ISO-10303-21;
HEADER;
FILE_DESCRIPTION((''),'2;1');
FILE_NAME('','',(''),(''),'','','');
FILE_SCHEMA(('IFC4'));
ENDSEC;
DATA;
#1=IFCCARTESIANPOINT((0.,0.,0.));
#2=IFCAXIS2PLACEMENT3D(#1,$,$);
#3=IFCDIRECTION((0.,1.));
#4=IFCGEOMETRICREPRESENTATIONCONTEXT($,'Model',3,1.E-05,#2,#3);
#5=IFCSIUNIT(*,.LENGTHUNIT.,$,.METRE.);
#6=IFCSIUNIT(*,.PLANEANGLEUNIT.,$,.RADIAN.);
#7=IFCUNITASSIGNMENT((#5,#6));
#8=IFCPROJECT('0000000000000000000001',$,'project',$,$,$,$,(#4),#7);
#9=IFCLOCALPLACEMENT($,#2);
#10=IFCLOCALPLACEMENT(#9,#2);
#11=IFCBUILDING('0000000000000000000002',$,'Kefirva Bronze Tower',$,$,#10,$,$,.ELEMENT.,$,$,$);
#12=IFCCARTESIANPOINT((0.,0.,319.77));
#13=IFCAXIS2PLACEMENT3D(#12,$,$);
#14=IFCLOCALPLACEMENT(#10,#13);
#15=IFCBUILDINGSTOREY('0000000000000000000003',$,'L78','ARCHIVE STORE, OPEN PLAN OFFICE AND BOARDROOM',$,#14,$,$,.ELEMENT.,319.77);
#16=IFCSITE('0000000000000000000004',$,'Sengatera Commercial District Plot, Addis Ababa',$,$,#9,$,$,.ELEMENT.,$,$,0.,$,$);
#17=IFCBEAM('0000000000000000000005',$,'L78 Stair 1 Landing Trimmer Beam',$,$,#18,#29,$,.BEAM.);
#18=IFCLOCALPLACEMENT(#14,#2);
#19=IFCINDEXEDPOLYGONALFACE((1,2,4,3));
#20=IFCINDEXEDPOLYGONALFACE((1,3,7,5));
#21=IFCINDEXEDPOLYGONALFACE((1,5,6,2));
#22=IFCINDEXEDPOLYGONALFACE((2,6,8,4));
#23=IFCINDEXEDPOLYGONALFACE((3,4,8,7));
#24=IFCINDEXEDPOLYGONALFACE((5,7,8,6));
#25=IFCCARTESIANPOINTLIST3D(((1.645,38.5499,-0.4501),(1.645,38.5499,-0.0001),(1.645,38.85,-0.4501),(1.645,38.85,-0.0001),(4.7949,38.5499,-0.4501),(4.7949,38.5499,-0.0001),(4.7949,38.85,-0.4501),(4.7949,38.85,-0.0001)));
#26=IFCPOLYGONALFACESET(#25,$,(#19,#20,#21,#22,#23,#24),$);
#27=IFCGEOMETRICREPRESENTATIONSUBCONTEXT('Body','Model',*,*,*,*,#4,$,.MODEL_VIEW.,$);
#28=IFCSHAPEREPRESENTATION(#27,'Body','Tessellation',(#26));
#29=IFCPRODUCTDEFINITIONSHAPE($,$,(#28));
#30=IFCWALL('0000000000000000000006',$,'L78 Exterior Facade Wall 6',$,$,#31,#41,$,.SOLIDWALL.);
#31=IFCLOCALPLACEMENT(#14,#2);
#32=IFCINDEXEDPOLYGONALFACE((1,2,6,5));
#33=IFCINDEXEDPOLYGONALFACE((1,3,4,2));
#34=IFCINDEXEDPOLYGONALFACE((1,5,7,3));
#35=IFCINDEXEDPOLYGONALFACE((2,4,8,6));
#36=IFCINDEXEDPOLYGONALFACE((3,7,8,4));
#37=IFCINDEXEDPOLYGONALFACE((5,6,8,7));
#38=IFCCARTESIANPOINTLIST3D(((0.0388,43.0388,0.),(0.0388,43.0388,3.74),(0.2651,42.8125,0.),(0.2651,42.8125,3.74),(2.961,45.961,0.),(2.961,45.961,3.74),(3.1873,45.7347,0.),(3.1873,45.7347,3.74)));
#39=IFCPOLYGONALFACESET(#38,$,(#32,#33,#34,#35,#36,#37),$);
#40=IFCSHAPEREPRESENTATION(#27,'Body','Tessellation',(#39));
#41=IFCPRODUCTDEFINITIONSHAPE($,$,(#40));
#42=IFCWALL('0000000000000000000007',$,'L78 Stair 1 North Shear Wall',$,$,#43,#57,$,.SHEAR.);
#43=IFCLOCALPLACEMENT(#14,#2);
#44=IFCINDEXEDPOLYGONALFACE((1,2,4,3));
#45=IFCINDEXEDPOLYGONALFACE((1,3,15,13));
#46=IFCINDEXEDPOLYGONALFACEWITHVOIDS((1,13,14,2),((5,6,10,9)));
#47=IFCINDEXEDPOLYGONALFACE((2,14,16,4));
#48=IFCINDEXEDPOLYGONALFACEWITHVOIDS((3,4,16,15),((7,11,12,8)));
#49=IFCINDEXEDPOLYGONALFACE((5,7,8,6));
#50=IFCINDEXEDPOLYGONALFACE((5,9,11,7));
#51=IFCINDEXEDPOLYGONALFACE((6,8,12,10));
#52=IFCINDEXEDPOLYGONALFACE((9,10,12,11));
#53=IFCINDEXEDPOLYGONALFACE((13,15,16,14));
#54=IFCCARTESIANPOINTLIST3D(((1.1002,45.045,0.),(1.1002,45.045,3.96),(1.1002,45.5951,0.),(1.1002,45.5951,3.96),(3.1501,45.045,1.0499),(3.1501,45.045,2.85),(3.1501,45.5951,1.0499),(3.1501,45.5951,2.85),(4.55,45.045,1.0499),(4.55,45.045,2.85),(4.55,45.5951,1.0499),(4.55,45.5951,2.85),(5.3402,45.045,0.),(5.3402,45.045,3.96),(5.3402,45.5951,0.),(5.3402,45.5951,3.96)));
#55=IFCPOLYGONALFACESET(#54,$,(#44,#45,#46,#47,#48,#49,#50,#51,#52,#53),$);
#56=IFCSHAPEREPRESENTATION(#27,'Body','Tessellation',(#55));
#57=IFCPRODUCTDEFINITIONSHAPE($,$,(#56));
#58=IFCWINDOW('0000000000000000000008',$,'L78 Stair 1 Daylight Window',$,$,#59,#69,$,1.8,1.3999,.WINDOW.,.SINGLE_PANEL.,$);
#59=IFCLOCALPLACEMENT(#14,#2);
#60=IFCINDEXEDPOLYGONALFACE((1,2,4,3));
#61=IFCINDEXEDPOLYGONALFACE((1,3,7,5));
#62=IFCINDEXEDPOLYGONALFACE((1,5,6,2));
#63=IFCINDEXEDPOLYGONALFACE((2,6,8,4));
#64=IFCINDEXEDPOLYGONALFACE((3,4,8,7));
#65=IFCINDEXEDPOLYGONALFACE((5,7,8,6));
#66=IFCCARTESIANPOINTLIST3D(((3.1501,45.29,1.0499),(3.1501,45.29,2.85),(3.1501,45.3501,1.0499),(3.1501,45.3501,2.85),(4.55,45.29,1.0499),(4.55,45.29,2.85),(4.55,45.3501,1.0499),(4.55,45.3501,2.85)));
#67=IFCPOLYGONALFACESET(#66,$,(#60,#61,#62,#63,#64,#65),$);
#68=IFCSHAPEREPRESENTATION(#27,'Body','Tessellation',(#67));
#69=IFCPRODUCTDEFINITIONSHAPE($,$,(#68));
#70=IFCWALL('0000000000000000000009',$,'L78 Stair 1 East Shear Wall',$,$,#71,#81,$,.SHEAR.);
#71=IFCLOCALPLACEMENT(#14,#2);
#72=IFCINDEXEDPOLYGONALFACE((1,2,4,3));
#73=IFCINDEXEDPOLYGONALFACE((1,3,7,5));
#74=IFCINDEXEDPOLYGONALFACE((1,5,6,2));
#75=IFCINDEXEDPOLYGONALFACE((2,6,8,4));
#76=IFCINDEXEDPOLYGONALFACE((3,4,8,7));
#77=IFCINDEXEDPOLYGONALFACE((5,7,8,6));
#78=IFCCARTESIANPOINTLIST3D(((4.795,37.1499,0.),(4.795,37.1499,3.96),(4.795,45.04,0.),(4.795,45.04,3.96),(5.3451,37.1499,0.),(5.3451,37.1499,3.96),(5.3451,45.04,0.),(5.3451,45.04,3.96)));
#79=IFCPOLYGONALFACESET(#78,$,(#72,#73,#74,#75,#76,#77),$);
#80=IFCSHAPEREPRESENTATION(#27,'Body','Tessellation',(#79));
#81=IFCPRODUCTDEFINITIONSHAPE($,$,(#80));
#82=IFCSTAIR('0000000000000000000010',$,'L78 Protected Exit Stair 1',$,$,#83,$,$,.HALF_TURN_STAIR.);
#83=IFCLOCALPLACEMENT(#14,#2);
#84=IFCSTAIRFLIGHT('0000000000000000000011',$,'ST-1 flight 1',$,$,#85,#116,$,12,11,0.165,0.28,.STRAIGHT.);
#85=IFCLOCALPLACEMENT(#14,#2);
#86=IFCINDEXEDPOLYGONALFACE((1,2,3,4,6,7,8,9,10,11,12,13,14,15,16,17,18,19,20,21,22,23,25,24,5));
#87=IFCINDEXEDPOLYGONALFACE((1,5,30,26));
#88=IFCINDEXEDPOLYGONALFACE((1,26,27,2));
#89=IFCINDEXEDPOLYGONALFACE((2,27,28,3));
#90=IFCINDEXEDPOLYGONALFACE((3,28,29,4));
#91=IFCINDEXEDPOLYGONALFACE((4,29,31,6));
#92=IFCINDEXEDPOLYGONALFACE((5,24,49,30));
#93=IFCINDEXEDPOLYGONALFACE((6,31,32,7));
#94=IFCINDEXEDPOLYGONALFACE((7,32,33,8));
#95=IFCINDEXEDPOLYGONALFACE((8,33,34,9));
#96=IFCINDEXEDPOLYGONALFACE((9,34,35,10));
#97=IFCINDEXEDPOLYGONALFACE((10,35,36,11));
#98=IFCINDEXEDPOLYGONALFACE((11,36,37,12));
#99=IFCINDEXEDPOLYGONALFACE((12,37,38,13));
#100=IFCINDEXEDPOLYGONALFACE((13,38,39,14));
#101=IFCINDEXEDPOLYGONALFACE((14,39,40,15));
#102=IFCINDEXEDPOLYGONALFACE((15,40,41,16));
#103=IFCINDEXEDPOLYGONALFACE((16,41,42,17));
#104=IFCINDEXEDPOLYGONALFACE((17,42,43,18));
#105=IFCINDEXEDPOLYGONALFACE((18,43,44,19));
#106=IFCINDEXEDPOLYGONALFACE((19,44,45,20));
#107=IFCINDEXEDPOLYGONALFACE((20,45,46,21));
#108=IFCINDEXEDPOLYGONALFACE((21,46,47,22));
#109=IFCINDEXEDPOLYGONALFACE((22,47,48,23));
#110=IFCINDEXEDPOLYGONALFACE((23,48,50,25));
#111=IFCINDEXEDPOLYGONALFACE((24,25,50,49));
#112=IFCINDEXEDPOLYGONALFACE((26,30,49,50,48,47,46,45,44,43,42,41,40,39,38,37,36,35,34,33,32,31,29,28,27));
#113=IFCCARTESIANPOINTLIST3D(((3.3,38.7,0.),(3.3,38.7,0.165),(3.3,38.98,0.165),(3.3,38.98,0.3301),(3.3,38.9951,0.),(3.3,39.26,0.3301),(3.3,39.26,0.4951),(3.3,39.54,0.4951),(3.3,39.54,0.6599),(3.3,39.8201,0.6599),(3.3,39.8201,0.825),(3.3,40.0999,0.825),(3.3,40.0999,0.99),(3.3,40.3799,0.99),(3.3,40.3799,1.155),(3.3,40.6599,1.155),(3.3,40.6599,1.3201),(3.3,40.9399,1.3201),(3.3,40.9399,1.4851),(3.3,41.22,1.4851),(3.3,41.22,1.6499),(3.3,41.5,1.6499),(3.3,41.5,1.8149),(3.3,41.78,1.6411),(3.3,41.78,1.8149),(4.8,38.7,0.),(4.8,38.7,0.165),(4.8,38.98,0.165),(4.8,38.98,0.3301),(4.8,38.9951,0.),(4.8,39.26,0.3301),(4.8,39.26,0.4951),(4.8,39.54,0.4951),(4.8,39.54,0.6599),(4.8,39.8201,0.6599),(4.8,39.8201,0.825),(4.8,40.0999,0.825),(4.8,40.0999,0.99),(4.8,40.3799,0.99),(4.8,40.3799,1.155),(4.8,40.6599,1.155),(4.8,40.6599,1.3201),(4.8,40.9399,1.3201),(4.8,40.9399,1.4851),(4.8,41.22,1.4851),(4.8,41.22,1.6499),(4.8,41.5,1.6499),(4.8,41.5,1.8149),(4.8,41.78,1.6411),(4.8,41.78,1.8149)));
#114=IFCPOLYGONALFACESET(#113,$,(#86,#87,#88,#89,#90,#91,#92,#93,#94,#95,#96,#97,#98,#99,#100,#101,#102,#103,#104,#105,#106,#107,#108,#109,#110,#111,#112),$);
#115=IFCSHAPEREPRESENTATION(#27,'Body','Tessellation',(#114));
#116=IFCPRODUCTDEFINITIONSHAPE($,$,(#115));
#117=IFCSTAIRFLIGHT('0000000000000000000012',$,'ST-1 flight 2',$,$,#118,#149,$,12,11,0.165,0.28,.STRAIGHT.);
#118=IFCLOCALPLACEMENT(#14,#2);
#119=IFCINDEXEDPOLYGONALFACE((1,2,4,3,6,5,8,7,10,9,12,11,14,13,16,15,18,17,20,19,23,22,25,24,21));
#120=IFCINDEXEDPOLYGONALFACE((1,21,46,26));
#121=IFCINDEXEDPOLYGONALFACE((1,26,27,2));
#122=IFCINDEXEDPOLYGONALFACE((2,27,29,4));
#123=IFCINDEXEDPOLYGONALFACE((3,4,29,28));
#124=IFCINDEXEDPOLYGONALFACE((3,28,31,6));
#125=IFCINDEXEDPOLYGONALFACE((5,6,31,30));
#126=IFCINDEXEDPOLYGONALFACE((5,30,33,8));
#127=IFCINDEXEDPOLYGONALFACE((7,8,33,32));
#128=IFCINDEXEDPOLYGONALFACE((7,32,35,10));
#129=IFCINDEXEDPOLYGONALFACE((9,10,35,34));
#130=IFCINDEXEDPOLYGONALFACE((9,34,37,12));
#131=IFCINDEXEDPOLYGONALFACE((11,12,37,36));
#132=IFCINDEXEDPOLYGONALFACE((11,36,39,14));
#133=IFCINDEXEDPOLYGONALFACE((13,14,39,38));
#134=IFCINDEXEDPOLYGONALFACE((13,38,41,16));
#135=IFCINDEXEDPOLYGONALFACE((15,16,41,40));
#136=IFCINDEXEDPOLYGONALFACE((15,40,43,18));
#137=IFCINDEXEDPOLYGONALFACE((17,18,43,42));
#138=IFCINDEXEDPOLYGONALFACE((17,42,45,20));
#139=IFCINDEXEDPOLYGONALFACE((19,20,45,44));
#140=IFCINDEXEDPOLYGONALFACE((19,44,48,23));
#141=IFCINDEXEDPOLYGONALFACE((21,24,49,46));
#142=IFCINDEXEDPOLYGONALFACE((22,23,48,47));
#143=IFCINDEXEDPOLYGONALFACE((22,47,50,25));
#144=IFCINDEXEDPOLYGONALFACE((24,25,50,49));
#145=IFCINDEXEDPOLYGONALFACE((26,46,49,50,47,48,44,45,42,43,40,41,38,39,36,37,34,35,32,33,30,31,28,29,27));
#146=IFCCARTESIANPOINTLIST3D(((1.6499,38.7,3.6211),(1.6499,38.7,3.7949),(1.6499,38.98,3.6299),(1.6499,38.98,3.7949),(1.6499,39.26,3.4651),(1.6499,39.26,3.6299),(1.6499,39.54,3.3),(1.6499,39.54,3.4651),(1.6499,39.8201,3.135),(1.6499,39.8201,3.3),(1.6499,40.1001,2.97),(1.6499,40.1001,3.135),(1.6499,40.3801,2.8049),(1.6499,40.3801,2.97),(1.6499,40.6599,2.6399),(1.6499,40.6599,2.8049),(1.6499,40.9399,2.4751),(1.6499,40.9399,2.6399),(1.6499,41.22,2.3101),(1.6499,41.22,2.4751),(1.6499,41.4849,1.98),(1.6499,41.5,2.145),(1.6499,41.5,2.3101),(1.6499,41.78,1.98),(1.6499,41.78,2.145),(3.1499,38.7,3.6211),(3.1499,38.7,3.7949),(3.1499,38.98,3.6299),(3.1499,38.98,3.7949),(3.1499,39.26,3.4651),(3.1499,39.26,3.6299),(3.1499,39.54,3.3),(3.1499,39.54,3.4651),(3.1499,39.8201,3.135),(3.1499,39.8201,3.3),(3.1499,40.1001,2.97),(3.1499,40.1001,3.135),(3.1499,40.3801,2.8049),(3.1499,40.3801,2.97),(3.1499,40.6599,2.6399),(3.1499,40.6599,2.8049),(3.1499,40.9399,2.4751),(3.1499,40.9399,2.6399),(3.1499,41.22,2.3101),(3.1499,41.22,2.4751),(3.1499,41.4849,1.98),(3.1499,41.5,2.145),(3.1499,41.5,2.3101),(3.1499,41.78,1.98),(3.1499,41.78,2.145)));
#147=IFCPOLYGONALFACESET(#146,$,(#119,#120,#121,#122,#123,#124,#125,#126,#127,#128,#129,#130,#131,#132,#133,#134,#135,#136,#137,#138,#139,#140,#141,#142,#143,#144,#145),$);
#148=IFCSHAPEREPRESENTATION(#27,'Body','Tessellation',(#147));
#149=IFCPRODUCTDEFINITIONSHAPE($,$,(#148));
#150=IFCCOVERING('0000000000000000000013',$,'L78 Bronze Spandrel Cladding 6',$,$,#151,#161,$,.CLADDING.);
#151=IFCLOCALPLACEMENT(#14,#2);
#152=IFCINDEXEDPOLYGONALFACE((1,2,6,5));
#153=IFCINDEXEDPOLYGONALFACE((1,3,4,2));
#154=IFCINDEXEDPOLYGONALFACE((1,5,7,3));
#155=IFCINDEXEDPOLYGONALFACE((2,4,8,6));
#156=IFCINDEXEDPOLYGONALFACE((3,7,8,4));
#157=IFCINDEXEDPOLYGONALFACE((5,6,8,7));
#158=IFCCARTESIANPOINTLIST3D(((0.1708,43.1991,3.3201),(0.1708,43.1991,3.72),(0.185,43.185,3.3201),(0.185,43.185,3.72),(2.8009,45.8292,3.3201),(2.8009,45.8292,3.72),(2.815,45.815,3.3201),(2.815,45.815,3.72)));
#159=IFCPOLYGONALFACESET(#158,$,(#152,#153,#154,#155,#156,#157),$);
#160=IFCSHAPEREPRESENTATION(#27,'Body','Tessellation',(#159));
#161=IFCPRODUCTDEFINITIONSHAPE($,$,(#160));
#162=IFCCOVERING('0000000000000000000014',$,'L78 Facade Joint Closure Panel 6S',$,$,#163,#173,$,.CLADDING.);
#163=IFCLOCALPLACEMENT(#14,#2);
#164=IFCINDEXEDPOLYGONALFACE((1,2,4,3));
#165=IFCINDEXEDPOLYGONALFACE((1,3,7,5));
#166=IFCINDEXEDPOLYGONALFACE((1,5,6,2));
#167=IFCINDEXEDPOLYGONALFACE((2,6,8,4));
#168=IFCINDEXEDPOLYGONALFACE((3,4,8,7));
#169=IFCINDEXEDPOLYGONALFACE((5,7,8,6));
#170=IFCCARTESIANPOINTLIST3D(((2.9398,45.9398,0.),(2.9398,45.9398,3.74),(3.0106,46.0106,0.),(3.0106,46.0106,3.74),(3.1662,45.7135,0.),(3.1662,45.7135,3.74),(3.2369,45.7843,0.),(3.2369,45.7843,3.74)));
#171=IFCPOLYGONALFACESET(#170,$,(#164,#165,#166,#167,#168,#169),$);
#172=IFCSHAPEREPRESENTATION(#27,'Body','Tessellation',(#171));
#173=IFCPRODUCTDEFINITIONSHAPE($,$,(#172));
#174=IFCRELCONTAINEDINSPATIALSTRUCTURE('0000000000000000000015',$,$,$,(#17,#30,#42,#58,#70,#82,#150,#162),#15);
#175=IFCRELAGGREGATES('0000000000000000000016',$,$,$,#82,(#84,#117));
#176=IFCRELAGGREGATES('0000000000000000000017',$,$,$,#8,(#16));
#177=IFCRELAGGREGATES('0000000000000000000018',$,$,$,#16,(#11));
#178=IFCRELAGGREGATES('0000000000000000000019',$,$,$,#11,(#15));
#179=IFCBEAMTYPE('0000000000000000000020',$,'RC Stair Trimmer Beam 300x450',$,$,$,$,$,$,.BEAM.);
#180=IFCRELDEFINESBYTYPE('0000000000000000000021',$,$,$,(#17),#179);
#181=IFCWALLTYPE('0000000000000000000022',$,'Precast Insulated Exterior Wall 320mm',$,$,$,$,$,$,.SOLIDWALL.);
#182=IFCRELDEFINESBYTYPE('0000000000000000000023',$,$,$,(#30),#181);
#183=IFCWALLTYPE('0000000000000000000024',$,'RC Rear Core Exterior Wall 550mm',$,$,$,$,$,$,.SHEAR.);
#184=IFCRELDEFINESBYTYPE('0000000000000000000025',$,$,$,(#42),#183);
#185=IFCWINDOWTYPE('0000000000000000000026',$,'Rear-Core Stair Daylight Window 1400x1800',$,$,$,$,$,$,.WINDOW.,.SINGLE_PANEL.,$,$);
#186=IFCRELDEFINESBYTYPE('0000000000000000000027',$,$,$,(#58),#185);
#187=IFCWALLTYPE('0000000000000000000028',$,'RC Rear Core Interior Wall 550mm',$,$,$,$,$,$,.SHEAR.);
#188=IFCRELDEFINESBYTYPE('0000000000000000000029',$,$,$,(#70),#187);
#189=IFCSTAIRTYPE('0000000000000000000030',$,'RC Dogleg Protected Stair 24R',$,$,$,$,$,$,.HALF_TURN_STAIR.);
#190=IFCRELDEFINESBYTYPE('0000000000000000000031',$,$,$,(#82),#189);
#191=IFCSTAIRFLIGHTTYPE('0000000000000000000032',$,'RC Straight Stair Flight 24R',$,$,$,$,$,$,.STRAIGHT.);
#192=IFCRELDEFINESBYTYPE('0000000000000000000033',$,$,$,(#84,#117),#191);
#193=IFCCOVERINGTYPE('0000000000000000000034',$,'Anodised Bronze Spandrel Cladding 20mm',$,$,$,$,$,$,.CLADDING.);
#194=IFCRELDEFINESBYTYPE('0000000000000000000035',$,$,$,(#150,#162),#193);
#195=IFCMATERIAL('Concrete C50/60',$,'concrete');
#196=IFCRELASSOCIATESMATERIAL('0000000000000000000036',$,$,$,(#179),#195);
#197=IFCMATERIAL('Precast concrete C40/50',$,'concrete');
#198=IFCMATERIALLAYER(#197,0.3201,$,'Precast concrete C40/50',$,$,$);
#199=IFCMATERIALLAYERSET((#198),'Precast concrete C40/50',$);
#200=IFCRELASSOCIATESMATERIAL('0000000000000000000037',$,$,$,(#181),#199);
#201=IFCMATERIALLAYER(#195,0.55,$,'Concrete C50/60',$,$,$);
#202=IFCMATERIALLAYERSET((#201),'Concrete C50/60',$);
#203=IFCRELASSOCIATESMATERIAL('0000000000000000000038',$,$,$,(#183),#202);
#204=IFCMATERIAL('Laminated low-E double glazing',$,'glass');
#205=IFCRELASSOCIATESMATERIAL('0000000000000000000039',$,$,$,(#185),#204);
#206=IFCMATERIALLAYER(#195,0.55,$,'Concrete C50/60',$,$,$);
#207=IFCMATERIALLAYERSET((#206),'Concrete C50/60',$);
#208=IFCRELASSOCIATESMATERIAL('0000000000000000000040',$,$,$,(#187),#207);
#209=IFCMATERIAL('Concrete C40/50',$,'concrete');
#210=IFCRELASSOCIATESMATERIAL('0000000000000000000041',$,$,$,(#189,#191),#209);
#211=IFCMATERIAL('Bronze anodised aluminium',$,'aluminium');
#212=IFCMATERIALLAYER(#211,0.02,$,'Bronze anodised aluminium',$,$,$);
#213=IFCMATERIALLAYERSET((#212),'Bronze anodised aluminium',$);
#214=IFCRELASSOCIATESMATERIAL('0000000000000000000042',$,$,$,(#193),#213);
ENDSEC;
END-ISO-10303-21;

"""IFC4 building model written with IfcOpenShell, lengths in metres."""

from ifc_helpers import new_model, si_unit, direction, frame, frame_2d, origin, origin_2d, place, context, subcontext, project, spatial, polyline, rectangle, outline, extrude, material, layer, layer_set, material_profile, profile_set, type_object, element, fill, aggregate, save


model = new_model("IFC4")

# Units and contexts
model_context = context("Model", 3, precision=1e-05, world=origin(), true_north=direction((0.0, 1.0)))
body_context = subcontext(model_context, "Body", "Model", "MODEL_VIEW")
ifc_project = project(units=[si_unit("LENGTHUNIT", "METRE"), si_unit("PLANEANGLEUNIT", "RADIAN")], contexts=[model_context])

# Site, building, storey
site_placement = place(None, origin())
site = spatial("IfcSite", under=ifc_project, at=site_placement, Name="Sengatera Commercial District Plot, Addis Ababa", CompositionType="ELEMENT", RefElevation=0.0)
building_placement = place(site_placement, origin())
building = spatial("IfcBuilding", under=site, at=building_placement, Name="Kefirva Bronze Tower", CompositionType="ELEMENT")
storey_placement = place(building_placement, frame((0.0, 0.0, 319.77)))
storey = spatial("IfcBuildingStorey", under=building, at=storey_placement, Name="L78", Description="ARCHIVE STORE, OPEN PLAN OFFICE AND BOARDROOM", CompositionType="ELEMENT", Elevation=319.77)

# Beam
ifc_material_1 = material(Name="Concrete C50/60", Category="concrete")
ifc_material_profile = material_profile(ifc_material_1, rectangle(XDim=0.3, YDim=0.45, at=origin_2d()), Name="RC 300x450")
ifc_profile_set = profile_set([ifc_material_profile], Name="Concrete C50/60")
beam_type = type_object("IfcBeamType", Name="RC Stair Trimmer Beam 300x450", PredefinedType="BEAM", material=ifc_profile_set)
beam_placement = place(storey_placement, frame((1.645, 38.7, -0.2251), z_axis=(1.0, 0.0, 0.0), x_axis=(0.0, 1.0, 0.0)))
element("IfcBeam", 1, at=beam_placement, inside=storey, type_object=beam_type, Name="L78 Stair 1 Landing Trimmer Beam", PredefinedType="BEAM", context=body_context, shape_type="SweptSolid", body=[
    extrude(rectangle(XDim=0.3, YDim=0.45, at=origin_2d()), origin(), (0.0, 0.0, 1.0), 3.1499),
])

# Wall
ifc_material_2 = material(Name="Precast concrete C40/50", Category="concrete")
ifc_layer_1 = layer(ifc_material_2, 0.3201, Name="Precast concrete C40/50")
ifc_layer_set_1 = layer_set([ifc_layer_1], Name="Precast concrete C40/50")
wall_type_1 = type_object("IfcWallType", Name="Precast Insulated Exterior Wall 320mm", PredefinedType="SOLIDWALL", material=ifc_layer_set_1)
wall_1_placement = place(storey_placement, frame((3.0742, 45.8479, 0.0), z_axis=(0.0, 0.0, 1.0), x_axis=(-0.707107, -0.707107, 0.0)))
element("IfcWall", 2, at=wall_1_placement, inside=storey, type_object=wall_type_1, Name="L78 Exterior Facade Wall 6", PredefinedType="SOLIDWALL", context=body_context, shape_type="SweptSolid", body=[
    extrude(rectangle(XDim=4.1326, YDim=0.3201, at=frame_2d((2.0664, 0.0))), origin(), (0.0, 0.0, 1.0), 3.74),
])

# Wall, opening, window
ifc_layer_2 = layer(ifc_material_1, 0.55, Name="Concrete C50/60")
ifc_layer_set_2 = layer_set([ifc_layer_2], Name="Concrete C50/60")
wall_type_2 = type_object("IfcWallType", Name="RC Rear Core Exterior Wall 550mm", PredefinedType="SHEAR", material=ifc_layer_set_2)
wall_2_placement = place(storey_placement, frame((1.1001, 45.3201, 0.0), z_axis=(0.0, 0.0, 1.0), x_axis=(1.0, 0.0, 0.0)))
wall_2 = element("IfcWall", 3, at=wall_2_placement, inside=storey, type_object=wall_type_2, Name="L78 Stair 1 North Shear Wall", PredefinedType="SHEAR", context=body_context, shape_type="SweptSolid", body=[
    extrude(rectangle(XDim=4.24, YDim=0.55, at=frame_2d((2.1201, 0.0))), origin(), (0.0, 0.0, 1.0), 3.96),
])
opening_1_placement = place(wall_2_placement, frame((2.05, 0.0, 1.05)))
opening_1 = element("IfcOpeningElement", 4, at=opening_1_placement, cuts=wall_2, PredefinedType="OPENING", context=body_context, shape_type="SweptSolid", body=[
    extrude(rectangle(XDim=1.3999, YDim=1.8, at=frame_2d((0.7, 0.8999))), frame((0.0, 0.2852, 0.0), z_axis=(0.0, -1.0, 0.0), x_axis=(1.0, 0.0, 0.0)), (0.0, 0.0, 1.0), 0.5701),
])
ifc_material_3 = material(Name="Laminated low-E double glazing", Category="glass")
window_type = type_object("IfcWindowType", Name="Rear-Core Stair Daylight Window 1400x1800", PartitioningType="SINGLE_PANEL", PredefinedType="WINDOW", material=ifc_material_3)
window_placement = place(opening_1_placement, origin())
window = element("IfcWindow", 5, at=window_placement, inside=storey, type_object=window_type, Name="L78 Stair 1 Daylight Window", OverallHeight=1.8, OverallWidth=1.3999, PartitioningType="SINGLE_PANEL", PredefinedType="WINDOW", context=body_context, shape_type="SweptSolid", body=[
    extrude(rectangle(XDim=1.3999, YDim=1.8, at=frame_2d((0.7, 0.8999))), frame((0.0, 0.03, 0.0), z_axis=(0.0, -1.0, 0.0), x_axis=(1.0, 0.0, 0.0)), (0.0, 0.0, 1.0), 0.0601),
])
fill(opening_1, window)

# Wall
ifc_layer_3 = layer(ifc_material_1, 0.55, Name="Concrete C50/60")
ifc_layer_set_3 = layer_set([ifc_layer_3], Name="Concrete C50/60")
wall_type_3 = type_object("IfcWallType", Name="RC Rear Core Interior Wall 550mm", PredefinedType="SHEAR", material=ifc_layer_set_3)
wall_3_placement = place(storey_placement, frame((5.0701, 37.1499, 0.0), z_axis=(0.0, 0.0, 1.0), x_axis=(0.0, 1.0, 0.0)))
element("IfcWall", 6, at=wall_3_placement, inside=storey, type_object=wall_type_3, Name="L78 Stair 1 East Shear Wall", PredefinedType="SHEAR", context=body_context, shape_type="SweptSolid", body=[
    extrude(rectangle(XDim=7.8901, YDim=0.55, at=frame_2d((3.9451, 0.0))), origin(), (0.0, 0.0, 1.0), 3.96),
])

# Stair, stair flights
ifc_material_4 = material(Name="Concrete C40/50", Category="concrete")
stair_type = type_object("IfcStairType", Name="RC Dogleg Protected Stair 24R", PredefinedType="HALF_TURN_STAIR", material=ifc_material_4)
stair_placement = place(storey_placement, origin())
stair = element("IfcStair", 7, at=stair_placement, inside=storey, type_object=stair_type, Name="L78 Protected Exit Stair 1", PredefinedType="HALF_TURN_STAIR")
stair_flight_type = type_object("IfcStairFlightType", Name="RC Straight Stair Flight 24R", PredefinedType="STRAIGHT", material=ifc_material_4)
stair_flight_1_placement = place(storey_placement, frame((4.05, 38.7, 0.0), z_axis=(0.0, 0.0, 1.0), x_axis=(0.0, 1.0, 0.0)))
stair_flight_1 = element("IfcStairFlight", 8, at=stair_flight_1_placement, type_object=stair_flight_type, Name="ST-1 flight 1", NumberOfRisers=12, NumberOfTreads=11, PredefinedType="STRAIGHT", RiserHeight=0.165, TreadLength=0.28, context=body_context, shape_type="SweptSolid", body=[
    extrude(outline(polyline([(0.0, 0.0), (0.0, 0.165), (0.28, 0.165), (0.28, 0.3301), (0.5601, 0.3301), (0.5601, 0.4951), (0.8401, 0.4951), (0.8401, 0.6599), (1.1201, 0.6599), (1.1201, 0.825), (1.3999, 0.825), (1.3999, 0.99), (1.6799, 0.99), (1.6799, 1.155), (1.96, 1.155), (1.96, 1.3201), (2.24, 1.3201), (2.24, 1.4851), (2.52, 1.4851), (2.52, 1.6499), (2.8, 1.6499), (2.8, 1.8149), (3.0801, 1.8149), (3.0801, 1.98), (3.0801, 1.6411), (0.2952, 0.0), (0.0, 0.0)])), frame((0.0, 0.75, 0.0), z_axis=(0.0, -1.0, 0.0), x_axis=(1.0, 0.0, 0.0)), (0.0, 0.0, 1.0), 1.5),
])
stair_flight_2_placement = place(storey_placement, frame((2.3999, 41.78, 1.98), z_axis=(0.0, 0.0, 1.0), x_axis=(0.0, -1.0, 0.0)))
stair_flight_2 = element("IfcStairFlight", 9, at=stair_flight_2_placement, type_object=stair_flight_type, Name="ST-1 flight 2", NumberOfRisers=12, NumberOfTreads=11, PredefinedType="STRAIGHT", RiserHeight=0.165, TreadLength=0.28, context=body_context, shape_type="SweptSolid", body=[
    extrude(outline(polyline([(0.0, 0.0), (0.0, 0.165), (0.28, 0.165), (0.28, 0.3301), (0.5601, 0.3301), (0.5601, 0.4951), (0.8401, 0.4951), (0.8401, 0.6599), (1.1201, 0.6599), (1.1201, 0.825), (1.3999, 0.825), (1.3999, 0.99), (1.6799, 0.99), (1.6799, 1.155), (1.96, 1.155), (1.96, 1.3201), (2.24, 1.3201), (2.24, 1.4851), (2.52, 1.4851), (2.52, 1.6499), (2.8, 1.6499), (2.8, 1.8149), (3.0801, 1.8149), (3.0801, 1.98), (3.0801, 1.6411), (0.2952, 0.0), (0.0, 0.0)])), frame((0.0, 0.75, 0.0), z_axis=(0.0, -1.0, 0.0), x_axis=(1.0, 0.0, 0.0)), (0.0, 0.0, 1.0), 1.5),
])
aggregate(stair, [stair_flight_1, stair_flight_2])

# Coverings
ifc_material_5 = material(Name="Bronze anodised aluminium", Category="aluminium")
ifc_layer_4 = layer(ifc_material_5, 0.02, Name="Bronze anodised aluminium")
ifc_layer_set_4 = layer_set([ifc_layer_4], Name="Bronze anodised aluminium")
covering_type_1 = type_object("IfcCoveringType", Name="Anodised Bronze Spandrel Cladding 20mm", PredefinedType="CLADDING", material=ifc_layer_set_4)
covering_1_placement = place(storey_placement, frame((1.4929, 44.5071, 3.3201), z_axis=(0.0, 0.0, 1.0), x_axis=(-0.707107, -0.707107, 0.0)))
element("IfcCovering", 10, at=covering_1_placement, inside=storey, type_object=covering_type_1, Name="L78 Bronze Spandrel Cladding 6", PredefinedType="CLADDING", context=body_context, shape_type="SweptSolid", body=[
    extrude(rectangle(XDim=3.7195, YDim=0.02, at=origin_2d()), origin(), (0.0, 0.0, 1.0), 0.3999),
])
for number, where, z_axis, x_axis, name in (
    (11, (3.0884, 45.8621, 0.0), (0.0, 0.0, 1.0), (-0.707107, -0.707107, 0.0), "L78 Facade Joint Closure Panel 6S"),
):
    element("IfcCovering", number, at=place(storey_placement, frame(where, z_axis=z_axis, x_axis=x_axis)), inside=storey, type_object=covering_type_1, Name=name, PredefinedType="CLADDING", context=body_context, shape_type="SweptSolid", body=[
        extrude(rectangle(XDim=0.1001, YDim=0.3201, at=origin_2d()), origin(), (0.0, 0.0, 1.0), 3.74),
    ])

save(model, "model.ifc")
